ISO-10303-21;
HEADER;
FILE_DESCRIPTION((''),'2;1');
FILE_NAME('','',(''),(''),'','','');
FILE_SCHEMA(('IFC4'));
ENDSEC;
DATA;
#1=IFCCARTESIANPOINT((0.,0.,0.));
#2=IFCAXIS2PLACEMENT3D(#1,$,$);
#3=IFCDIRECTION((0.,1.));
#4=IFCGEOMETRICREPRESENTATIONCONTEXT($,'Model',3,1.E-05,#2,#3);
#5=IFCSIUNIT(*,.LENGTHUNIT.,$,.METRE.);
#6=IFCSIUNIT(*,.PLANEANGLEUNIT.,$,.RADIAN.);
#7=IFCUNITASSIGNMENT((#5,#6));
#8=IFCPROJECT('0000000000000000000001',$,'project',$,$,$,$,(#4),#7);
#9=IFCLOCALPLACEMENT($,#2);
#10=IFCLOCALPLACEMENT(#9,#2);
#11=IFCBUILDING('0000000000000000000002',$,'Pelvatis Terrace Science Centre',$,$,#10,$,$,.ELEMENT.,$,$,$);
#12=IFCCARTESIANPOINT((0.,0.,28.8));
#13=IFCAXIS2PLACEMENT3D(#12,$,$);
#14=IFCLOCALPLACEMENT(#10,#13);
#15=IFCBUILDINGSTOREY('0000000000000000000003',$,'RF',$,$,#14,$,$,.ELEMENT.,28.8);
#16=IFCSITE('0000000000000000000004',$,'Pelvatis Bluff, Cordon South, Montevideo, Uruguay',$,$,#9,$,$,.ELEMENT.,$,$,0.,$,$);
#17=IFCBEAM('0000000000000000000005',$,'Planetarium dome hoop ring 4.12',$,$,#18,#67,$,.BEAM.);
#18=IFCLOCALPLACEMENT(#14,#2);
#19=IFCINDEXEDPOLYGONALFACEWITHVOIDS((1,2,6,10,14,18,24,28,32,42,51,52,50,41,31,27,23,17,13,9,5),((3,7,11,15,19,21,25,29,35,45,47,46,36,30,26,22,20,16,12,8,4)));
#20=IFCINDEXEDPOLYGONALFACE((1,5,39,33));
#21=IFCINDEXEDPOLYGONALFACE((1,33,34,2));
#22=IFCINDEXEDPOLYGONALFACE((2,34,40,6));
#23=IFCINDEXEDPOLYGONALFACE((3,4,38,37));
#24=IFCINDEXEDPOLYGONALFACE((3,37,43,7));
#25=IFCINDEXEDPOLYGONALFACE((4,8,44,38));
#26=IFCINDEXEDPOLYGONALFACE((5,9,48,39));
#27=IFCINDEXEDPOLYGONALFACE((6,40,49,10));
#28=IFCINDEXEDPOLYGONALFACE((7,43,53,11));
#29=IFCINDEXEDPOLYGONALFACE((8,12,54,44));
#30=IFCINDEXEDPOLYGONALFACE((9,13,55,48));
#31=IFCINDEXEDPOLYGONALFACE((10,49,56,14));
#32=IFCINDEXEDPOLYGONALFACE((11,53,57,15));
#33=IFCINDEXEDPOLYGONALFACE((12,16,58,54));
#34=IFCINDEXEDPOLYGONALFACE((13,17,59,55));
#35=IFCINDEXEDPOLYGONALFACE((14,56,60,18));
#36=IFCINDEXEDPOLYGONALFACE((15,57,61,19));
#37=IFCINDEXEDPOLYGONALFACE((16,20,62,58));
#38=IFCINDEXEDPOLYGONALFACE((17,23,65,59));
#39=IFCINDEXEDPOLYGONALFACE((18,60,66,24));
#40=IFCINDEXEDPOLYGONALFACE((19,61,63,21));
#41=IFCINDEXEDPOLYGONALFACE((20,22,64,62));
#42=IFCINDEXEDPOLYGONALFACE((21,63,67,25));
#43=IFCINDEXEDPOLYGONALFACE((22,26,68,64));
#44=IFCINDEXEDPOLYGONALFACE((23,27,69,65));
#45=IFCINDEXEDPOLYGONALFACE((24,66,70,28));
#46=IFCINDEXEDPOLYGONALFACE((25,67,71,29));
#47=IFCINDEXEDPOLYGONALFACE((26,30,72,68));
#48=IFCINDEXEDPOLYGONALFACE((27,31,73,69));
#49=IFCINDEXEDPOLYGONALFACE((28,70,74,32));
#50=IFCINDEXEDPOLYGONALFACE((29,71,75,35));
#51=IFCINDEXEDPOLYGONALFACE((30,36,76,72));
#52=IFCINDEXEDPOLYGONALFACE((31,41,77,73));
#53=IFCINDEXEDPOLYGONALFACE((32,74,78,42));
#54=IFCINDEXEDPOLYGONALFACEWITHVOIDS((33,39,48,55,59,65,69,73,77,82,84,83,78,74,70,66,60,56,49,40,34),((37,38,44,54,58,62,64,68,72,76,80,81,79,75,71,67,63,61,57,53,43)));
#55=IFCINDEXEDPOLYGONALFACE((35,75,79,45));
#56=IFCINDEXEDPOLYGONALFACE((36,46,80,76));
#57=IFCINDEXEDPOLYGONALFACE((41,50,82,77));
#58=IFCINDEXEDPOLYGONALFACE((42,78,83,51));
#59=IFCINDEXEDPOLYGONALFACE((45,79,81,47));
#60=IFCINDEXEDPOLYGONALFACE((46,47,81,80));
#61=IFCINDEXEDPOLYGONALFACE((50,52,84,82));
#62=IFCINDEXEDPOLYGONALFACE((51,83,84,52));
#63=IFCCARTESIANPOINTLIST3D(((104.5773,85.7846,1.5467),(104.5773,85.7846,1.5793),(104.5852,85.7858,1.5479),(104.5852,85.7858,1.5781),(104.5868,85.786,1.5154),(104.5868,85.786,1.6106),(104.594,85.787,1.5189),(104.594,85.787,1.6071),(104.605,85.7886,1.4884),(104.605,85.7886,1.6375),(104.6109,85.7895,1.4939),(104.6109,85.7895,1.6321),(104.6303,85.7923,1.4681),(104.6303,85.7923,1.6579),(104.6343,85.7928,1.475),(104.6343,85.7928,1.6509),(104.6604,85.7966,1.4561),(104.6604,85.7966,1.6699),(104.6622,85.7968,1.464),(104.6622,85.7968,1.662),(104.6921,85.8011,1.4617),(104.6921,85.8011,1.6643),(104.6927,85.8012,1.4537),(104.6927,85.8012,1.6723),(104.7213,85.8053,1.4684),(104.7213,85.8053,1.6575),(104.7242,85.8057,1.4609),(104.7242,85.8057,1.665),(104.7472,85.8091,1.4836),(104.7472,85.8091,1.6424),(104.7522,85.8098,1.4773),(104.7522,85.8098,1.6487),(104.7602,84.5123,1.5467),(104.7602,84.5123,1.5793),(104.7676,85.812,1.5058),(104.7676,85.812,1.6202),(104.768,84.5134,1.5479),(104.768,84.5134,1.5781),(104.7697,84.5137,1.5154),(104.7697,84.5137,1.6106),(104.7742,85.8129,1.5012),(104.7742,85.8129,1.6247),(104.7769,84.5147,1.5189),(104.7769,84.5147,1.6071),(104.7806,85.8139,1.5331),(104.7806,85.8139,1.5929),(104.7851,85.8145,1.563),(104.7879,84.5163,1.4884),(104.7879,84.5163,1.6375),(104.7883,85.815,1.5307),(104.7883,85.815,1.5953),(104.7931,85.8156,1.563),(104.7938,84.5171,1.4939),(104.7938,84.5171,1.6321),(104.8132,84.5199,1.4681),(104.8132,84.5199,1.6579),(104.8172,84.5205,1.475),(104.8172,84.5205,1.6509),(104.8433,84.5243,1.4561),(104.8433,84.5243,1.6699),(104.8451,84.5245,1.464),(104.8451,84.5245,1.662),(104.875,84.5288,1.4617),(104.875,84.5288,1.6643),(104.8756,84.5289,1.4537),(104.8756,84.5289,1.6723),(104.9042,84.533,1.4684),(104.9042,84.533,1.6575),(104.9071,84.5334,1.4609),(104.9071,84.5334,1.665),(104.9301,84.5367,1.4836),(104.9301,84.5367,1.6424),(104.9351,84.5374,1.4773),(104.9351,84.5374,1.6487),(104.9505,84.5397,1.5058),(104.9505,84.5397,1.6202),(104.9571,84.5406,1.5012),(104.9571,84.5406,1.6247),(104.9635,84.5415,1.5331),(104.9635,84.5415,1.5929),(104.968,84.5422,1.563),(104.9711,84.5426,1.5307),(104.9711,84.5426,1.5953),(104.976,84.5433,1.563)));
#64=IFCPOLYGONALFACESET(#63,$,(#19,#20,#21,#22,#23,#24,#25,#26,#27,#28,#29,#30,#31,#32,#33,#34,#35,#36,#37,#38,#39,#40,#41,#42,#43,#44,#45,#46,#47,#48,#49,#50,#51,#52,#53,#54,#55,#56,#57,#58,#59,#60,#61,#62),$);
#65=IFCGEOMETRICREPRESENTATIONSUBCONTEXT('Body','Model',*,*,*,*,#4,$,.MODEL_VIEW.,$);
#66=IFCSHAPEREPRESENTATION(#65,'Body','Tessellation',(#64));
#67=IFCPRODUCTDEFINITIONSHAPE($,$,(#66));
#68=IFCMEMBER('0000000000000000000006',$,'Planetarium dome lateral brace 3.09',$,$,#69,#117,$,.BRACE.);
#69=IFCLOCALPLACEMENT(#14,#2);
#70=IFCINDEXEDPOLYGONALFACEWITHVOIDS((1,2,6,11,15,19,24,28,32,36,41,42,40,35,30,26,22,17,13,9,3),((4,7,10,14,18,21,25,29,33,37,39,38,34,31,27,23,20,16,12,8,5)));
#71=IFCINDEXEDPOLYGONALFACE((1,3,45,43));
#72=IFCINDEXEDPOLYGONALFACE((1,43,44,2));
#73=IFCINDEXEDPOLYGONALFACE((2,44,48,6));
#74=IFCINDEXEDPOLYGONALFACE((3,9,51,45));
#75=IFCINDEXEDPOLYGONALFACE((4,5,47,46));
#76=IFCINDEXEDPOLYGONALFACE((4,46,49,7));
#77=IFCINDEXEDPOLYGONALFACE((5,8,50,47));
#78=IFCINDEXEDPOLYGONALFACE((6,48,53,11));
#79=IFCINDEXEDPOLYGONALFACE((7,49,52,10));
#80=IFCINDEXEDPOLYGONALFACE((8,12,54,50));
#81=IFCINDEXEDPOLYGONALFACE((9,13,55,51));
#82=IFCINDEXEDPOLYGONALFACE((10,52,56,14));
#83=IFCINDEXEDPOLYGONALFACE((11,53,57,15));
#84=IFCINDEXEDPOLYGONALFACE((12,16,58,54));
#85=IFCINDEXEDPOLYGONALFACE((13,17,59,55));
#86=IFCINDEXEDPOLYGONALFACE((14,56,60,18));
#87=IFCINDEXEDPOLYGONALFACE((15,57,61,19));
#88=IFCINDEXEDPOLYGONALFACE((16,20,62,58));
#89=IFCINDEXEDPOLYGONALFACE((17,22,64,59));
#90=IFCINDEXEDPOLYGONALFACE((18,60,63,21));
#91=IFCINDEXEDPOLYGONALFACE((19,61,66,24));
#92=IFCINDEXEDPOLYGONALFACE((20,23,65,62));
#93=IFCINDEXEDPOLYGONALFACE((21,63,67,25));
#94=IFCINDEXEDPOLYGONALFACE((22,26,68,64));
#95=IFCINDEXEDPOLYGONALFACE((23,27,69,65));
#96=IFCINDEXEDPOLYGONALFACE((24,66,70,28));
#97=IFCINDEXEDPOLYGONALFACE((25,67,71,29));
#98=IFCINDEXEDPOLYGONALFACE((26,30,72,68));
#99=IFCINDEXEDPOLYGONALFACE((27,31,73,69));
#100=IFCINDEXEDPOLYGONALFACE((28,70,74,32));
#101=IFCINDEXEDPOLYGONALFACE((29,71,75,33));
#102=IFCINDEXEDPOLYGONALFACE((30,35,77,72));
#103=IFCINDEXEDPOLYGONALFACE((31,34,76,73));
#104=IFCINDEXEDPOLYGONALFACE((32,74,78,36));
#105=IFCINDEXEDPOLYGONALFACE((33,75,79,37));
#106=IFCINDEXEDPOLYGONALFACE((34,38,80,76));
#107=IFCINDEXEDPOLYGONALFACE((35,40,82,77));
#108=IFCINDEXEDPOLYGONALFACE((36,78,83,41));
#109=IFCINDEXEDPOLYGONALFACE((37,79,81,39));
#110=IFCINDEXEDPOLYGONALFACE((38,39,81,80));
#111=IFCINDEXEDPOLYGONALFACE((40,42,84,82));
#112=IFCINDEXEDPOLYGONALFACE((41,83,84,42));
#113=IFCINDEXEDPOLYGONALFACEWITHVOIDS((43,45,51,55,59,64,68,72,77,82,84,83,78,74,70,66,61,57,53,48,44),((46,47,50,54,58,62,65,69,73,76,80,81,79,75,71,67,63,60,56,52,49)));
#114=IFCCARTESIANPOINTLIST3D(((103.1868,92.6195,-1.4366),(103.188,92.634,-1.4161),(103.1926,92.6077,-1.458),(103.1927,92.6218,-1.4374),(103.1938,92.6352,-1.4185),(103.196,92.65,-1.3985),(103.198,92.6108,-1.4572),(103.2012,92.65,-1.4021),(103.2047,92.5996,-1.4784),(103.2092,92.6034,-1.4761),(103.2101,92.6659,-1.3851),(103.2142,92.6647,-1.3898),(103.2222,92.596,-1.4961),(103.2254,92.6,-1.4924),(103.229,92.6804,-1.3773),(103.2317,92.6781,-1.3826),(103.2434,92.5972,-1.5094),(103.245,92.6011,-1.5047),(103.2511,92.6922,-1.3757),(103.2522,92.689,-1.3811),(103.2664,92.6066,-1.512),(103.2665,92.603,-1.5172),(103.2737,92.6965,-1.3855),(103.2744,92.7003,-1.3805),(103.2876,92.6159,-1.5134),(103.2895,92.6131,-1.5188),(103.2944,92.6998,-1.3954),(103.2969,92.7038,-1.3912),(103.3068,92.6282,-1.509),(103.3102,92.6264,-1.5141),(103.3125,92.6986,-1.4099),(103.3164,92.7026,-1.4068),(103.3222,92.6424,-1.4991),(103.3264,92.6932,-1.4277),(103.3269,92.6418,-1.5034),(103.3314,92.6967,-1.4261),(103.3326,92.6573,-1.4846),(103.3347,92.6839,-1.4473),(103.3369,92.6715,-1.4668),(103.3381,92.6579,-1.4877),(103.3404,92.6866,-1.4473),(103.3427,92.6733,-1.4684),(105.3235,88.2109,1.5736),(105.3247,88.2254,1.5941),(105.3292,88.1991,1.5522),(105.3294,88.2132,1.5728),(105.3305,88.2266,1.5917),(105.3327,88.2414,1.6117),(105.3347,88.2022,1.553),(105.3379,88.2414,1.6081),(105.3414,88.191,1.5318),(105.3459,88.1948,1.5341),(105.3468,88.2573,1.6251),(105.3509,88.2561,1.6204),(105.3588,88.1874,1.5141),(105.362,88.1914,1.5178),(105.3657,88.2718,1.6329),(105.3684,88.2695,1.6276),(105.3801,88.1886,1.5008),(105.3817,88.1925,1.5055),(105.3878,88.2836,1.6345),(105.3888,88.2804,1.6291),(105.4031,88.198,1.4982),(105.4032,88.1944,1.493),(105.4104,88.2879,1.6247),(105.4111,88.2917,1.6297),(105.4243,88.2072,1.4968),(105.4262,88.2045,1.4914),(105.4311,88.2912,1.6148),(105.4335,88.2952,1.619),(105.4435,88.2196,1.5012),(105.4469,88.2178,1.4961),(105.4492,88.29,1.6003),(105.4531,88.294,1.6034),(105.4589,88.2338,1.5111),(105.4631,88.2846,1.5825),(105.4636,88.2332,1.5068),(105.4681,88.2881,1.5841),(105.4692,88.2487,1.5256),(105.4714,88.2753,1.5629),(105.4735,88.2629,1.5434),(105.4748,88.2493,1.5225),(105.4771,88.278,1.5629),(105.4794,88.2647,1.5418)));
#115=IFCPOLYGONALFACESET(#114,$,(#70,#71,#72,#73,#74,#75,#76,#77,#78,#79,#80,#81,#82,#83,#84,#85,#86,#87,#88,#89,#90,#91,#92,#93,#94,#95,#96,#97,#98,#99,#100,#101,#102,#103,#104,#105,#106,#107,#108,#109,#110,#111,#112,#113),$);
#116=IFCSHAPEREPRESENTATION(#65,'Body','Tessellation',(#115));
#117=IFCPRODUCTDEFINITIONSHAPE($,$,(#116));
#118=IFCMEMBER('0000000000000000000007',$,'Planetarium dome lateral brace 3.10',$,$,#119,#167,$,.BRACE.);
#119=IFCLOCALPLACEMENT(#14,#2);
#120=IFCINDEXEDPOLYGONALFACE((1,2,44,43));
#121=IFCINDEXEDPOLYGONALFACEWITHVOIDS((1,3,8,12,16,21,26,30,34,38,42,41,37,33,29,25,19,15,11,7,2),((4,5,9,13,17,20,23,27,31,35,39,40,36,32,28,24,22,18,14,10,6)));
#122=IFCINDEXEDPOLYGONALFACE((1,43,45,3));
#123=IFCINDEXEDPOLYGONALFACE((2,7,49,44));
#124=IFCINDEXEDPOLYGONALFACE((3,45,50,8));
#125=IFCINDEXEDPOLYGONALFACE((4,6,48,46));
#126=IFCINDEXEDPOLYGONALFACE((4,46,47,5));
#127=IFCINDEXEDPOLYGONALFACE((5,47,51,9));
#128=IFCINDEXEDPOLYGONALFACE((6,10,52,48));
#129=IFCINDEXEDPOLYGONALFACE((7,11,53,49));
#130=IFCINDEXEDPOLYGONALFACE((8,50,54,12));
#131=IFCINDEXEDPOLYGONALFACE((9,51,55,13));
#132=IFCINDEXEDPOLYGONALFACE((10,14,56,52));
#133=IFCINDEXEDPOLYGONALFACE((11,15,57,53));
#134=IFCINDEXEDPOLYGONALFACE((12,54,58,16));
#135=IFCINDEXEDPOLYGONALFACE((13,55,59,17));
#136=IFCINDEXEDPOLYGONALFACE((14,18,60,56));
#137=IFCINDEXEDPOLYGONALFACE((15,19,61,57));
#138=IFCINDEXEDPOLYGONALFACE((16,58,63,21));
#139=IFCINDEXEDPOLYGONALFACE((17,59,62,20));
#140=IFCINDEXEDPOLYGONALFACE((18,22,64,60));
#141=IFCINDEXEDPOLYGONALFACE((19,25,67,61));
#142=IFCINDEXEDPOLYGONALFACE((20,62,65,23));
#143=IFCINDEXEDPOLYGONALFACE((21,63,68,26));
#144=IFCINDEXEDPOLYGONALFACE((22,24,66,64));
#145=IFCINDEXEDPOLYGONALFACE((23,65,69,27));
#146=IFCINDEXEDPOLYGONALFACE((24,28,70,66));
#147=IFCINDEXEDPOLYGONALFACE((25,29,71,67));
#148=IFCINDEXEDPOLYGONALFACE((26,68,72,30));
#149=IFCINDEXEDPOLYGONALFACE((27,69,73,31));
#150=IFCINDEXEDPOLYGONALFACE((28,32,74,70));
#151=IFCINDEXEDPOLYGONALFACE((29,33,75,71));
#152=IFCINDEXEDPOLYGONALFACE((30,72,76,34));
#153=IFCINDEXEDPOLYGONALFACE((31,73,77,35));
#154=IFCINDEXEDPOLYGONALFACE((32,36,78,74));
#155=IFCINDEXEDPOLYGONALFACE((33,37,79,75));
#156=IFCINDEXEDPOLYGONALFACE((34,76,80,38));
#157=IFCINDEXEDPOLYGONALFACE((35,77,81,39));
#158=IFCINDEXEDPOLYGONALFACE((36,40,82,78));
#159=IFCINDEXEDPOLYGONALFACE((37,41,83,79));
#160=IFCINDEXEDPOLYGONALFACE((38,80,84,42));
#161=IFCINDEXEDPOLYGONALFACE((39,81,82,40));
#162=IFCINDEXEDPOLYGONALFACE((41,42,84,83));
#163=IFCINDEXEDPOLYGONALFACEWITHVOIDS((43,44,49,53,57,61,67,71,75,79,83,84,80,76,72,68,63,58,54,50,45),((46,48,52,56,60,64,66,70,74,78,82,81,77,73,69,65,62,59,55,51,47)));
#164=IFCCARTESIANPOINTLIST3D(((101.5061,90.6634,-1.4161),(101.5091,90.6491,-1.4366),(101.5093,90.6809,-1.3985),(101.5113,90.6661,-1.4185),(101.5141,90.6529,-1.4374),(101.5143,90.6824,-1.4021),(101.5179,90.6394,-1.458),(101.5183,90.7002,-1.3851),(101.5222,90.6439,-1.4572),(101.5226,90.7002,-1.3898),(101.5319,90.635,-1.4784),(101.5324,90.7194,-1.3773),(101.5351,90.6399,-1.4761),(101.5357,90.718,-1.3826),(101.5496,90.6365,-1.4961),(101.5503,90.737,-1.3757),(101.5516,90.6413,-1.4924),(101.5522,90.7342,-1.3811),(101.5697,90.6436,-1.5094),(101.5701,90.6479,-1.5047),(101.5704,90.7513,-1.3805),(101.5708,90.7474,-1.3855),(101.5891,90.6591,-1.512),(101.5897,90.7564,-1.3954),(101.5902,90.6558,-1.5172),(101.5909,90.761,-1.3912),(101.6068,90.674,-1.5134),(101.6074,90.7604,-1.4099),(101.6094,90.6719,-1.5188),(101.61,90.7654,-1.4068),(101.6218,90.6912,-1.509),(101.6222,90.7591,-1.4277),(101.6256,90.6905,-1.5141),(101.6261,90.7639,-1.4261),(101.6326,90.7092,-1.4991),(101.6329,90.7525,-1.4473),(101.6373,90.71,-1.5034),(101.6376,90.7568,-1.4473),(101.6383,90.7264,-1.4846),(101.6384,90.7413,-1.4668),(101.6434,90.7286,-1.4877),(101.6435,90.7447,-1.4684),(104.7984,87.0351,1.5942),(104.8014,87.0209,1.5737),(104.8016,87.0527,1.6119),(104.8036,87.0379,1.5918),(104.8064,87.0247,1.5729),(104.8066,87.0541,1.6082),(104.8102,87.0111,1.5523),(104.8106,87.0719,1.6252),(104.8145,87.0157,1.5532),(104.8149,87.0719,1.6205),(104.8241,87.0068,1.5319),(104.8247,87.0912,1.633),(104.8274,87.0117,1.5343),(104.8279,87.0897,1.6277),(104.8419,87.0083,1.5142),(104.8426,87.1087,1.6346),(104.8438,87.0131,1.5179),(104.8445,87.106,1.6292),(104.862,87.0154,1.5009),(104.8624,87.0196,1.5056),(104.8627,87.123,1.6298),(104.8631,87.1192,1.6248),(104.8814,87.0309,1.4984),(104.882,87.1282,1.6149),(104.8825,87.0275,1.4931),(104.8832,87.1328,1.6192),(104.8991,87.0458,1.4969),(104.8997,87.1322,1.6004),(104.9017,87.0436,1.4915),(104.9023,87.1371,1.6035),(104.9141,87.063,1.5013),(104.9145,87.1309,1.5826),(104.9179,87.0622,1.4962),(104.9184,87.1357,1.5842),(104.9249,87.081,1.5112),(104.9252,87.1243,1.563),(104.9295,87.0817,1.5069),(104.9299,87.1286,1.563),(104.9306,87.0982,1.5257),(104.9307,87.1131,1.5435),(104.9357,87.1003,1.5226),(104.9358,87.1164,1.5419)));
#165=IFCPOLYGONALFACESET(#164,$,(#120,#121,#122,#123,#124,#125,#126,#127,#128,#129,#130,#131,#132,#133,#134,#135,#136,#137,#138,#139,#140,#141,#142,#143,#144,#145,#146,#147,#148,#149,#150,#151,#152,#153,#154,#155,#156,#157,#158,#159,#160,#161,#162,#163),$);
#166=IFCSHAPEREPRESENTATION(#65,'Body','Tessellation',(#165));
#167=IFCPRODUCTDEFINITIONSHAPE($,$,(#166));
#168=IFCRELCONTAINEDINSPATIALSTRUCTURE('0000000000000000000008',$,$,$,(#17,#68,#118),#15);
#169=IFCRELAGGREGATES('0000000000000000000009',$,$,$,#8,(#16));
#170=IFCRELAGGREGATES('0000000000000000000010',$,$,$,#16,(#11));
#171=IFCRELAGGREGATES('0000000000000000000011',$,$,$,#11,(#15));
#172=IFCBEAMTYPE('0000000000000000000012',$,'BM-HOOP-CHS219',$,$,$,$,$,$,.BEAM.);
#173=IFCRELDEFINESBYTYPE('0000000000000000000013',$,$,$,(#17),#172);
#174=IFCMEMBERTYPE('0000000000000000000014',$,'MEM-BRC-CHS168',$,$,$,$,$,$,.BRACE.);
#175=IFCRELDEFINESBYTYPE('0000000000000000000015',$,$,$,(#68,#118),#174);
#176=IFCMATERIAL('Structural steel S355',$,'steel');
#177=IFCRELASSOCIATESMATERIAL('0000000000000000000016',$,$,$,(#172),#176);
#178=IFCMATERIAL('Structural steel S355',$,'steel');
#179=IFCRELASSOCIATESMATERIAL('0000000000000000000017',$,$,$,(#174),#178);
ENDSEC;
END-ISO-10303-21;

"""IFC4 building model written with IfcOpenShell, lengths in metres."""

from ifc_helpers import new_model, si_unit, direction, frame, origin, origin_2d, place, context, subcontext, project, spatial, hollow_circle, extrude, material, material_profile, profile_set, type_object, element, save


model = new_model("IFC4")

# Units and contexts
model_context = context("Model", 3, precision=1e-05, world=origin(), true_north=direction((0.0, 1.0)))
body_context = subcontext(model_context, "Body", "Model", "MODEL_VIEW")
ifc_project = project(units=[si_unit("LENGTHUNIT", "METRE"), si_unit("PLANEANGLEUNIT", "RADIAN")], contexts=[model_context])

# Site, building, storey
site_placement = place(None, origin())
site = spatial("IfcSite", under=ifc_project, at=site_placement, Name="Pelvatis Bluff, Cordon South, Montevideo, Uruguay", CompositionType="ELEMENT", RefElevation=0.0)
building_placement = place(site_placement, origin())
building = spatial("IfcBuilding", under=site, at=building_placement, Name="Pelvatis Terrace Science Centre", CompositionType="ELEMENT")
storey_placement = place(building_placement, frame((0.0, 0.0, 28.8)))
storey = spatial("IfcBuildingStorey", under=building, at=storey_placement, Name="RF", CompositionType="ELEMENT", Elevation=28.8)

# Beam
ifc_material_1 = material(Name="Structural steel S355", Category="steel")
ifc_material_profile_1 = material_profile(ifc_material_1, hollow_circle(Radius=0.1096, WallThickness=0.0081, at=origin_2d()), Name="CHS 219.1x8.0")
ifc_profile_set_1 = profile_set([ifc_material_profile_1], Name="Structural steel S355")
beam_type_1 = type_object("IfcBeamType", Name="BM-HOOP-CHS219", PredefinedType="BEAM", material=ifc_profile_set_1)
beam_1_placement = place(storey_placement, frame((104.6846, 85.8, 1.563), z_axis=(0.142272, -0.989828, 0.0), x_axis=(0.989828, 0.142272, 0.0)))
element("IfcBeam", 1, at=beam_1_placement, inside=storey, type_object=beam_type_1, Name="Planetarium dome hoop ring 4.12", PredefinedType="BEAM", context=body_context, shape_type="SweptSolid", body=[
    extrude(hollow_circle(Radius=0.1096, WallThickness=0.0081, at=origin_2d()), origin(), (0.0, 0.0, 1.0), 1.2854),
])

# Members
ifc_material_2 = material(Name="Structural steel S355", Category="steel")
ifc_material_profile_2 = material_profile(ifc_material_2, hollow_circle(Radius=0.0842, WallThickness=0.0063, at=origin_2d()), Name="CHS 168.3x6.3")
ifc_profile_set_2 = profile_set([ifc_material_profile_2], Name="Structural steel S355")
member_type_1 = type_object("IfcMemberType", Name="MEM-BRC-CHS168", PredefinedType="BRACE", material=ifc_profile_set_2)
member_1_placement = place(storey_placement, frame((103.2646, 92.6499, -1.4473), z_axis=(0.371596, -0.766714, 0.523512), x_axis=(0.89988, 0.436137, 0.0)))
element("IfcMember", 2, at=member_1_placement, inside=storey, type_object=member_type_1, Name="Planetarium dome lateral brace 3.09", PredefinedType="BRACE", context=body_context, shape_type="SweptSolid", body=[
    extrude(hollow_circle(Radius=0.0842, WallThickness=0.0063, at=origin_2d()), origin(), (0.0, 0.0, 1.0), 5.75),
])
member_2_placement = place(storey_placement, frame((101.5752, 90.7002, -1.4473), z_axis=(0.572549, -0.630972, 0.52351), x_axis=(0.74056, 0.67199, 0.0)))
element("IfcMember", 3, at=member_2_placement, inside=storey, type_object=member_type_1, Name="Planetarium dome lateral brace 3.10", PredefinedType="BRACE", context=body_context, shape_type="SweptSolid", body=[
    extrude(hollow_circle(Radius=0.0842, WallThickness=0.0063, at=origin_2d()), origin(), (0.0, 0.0, 1.0), 5.7502),
])

save(model, "model.ifc")
